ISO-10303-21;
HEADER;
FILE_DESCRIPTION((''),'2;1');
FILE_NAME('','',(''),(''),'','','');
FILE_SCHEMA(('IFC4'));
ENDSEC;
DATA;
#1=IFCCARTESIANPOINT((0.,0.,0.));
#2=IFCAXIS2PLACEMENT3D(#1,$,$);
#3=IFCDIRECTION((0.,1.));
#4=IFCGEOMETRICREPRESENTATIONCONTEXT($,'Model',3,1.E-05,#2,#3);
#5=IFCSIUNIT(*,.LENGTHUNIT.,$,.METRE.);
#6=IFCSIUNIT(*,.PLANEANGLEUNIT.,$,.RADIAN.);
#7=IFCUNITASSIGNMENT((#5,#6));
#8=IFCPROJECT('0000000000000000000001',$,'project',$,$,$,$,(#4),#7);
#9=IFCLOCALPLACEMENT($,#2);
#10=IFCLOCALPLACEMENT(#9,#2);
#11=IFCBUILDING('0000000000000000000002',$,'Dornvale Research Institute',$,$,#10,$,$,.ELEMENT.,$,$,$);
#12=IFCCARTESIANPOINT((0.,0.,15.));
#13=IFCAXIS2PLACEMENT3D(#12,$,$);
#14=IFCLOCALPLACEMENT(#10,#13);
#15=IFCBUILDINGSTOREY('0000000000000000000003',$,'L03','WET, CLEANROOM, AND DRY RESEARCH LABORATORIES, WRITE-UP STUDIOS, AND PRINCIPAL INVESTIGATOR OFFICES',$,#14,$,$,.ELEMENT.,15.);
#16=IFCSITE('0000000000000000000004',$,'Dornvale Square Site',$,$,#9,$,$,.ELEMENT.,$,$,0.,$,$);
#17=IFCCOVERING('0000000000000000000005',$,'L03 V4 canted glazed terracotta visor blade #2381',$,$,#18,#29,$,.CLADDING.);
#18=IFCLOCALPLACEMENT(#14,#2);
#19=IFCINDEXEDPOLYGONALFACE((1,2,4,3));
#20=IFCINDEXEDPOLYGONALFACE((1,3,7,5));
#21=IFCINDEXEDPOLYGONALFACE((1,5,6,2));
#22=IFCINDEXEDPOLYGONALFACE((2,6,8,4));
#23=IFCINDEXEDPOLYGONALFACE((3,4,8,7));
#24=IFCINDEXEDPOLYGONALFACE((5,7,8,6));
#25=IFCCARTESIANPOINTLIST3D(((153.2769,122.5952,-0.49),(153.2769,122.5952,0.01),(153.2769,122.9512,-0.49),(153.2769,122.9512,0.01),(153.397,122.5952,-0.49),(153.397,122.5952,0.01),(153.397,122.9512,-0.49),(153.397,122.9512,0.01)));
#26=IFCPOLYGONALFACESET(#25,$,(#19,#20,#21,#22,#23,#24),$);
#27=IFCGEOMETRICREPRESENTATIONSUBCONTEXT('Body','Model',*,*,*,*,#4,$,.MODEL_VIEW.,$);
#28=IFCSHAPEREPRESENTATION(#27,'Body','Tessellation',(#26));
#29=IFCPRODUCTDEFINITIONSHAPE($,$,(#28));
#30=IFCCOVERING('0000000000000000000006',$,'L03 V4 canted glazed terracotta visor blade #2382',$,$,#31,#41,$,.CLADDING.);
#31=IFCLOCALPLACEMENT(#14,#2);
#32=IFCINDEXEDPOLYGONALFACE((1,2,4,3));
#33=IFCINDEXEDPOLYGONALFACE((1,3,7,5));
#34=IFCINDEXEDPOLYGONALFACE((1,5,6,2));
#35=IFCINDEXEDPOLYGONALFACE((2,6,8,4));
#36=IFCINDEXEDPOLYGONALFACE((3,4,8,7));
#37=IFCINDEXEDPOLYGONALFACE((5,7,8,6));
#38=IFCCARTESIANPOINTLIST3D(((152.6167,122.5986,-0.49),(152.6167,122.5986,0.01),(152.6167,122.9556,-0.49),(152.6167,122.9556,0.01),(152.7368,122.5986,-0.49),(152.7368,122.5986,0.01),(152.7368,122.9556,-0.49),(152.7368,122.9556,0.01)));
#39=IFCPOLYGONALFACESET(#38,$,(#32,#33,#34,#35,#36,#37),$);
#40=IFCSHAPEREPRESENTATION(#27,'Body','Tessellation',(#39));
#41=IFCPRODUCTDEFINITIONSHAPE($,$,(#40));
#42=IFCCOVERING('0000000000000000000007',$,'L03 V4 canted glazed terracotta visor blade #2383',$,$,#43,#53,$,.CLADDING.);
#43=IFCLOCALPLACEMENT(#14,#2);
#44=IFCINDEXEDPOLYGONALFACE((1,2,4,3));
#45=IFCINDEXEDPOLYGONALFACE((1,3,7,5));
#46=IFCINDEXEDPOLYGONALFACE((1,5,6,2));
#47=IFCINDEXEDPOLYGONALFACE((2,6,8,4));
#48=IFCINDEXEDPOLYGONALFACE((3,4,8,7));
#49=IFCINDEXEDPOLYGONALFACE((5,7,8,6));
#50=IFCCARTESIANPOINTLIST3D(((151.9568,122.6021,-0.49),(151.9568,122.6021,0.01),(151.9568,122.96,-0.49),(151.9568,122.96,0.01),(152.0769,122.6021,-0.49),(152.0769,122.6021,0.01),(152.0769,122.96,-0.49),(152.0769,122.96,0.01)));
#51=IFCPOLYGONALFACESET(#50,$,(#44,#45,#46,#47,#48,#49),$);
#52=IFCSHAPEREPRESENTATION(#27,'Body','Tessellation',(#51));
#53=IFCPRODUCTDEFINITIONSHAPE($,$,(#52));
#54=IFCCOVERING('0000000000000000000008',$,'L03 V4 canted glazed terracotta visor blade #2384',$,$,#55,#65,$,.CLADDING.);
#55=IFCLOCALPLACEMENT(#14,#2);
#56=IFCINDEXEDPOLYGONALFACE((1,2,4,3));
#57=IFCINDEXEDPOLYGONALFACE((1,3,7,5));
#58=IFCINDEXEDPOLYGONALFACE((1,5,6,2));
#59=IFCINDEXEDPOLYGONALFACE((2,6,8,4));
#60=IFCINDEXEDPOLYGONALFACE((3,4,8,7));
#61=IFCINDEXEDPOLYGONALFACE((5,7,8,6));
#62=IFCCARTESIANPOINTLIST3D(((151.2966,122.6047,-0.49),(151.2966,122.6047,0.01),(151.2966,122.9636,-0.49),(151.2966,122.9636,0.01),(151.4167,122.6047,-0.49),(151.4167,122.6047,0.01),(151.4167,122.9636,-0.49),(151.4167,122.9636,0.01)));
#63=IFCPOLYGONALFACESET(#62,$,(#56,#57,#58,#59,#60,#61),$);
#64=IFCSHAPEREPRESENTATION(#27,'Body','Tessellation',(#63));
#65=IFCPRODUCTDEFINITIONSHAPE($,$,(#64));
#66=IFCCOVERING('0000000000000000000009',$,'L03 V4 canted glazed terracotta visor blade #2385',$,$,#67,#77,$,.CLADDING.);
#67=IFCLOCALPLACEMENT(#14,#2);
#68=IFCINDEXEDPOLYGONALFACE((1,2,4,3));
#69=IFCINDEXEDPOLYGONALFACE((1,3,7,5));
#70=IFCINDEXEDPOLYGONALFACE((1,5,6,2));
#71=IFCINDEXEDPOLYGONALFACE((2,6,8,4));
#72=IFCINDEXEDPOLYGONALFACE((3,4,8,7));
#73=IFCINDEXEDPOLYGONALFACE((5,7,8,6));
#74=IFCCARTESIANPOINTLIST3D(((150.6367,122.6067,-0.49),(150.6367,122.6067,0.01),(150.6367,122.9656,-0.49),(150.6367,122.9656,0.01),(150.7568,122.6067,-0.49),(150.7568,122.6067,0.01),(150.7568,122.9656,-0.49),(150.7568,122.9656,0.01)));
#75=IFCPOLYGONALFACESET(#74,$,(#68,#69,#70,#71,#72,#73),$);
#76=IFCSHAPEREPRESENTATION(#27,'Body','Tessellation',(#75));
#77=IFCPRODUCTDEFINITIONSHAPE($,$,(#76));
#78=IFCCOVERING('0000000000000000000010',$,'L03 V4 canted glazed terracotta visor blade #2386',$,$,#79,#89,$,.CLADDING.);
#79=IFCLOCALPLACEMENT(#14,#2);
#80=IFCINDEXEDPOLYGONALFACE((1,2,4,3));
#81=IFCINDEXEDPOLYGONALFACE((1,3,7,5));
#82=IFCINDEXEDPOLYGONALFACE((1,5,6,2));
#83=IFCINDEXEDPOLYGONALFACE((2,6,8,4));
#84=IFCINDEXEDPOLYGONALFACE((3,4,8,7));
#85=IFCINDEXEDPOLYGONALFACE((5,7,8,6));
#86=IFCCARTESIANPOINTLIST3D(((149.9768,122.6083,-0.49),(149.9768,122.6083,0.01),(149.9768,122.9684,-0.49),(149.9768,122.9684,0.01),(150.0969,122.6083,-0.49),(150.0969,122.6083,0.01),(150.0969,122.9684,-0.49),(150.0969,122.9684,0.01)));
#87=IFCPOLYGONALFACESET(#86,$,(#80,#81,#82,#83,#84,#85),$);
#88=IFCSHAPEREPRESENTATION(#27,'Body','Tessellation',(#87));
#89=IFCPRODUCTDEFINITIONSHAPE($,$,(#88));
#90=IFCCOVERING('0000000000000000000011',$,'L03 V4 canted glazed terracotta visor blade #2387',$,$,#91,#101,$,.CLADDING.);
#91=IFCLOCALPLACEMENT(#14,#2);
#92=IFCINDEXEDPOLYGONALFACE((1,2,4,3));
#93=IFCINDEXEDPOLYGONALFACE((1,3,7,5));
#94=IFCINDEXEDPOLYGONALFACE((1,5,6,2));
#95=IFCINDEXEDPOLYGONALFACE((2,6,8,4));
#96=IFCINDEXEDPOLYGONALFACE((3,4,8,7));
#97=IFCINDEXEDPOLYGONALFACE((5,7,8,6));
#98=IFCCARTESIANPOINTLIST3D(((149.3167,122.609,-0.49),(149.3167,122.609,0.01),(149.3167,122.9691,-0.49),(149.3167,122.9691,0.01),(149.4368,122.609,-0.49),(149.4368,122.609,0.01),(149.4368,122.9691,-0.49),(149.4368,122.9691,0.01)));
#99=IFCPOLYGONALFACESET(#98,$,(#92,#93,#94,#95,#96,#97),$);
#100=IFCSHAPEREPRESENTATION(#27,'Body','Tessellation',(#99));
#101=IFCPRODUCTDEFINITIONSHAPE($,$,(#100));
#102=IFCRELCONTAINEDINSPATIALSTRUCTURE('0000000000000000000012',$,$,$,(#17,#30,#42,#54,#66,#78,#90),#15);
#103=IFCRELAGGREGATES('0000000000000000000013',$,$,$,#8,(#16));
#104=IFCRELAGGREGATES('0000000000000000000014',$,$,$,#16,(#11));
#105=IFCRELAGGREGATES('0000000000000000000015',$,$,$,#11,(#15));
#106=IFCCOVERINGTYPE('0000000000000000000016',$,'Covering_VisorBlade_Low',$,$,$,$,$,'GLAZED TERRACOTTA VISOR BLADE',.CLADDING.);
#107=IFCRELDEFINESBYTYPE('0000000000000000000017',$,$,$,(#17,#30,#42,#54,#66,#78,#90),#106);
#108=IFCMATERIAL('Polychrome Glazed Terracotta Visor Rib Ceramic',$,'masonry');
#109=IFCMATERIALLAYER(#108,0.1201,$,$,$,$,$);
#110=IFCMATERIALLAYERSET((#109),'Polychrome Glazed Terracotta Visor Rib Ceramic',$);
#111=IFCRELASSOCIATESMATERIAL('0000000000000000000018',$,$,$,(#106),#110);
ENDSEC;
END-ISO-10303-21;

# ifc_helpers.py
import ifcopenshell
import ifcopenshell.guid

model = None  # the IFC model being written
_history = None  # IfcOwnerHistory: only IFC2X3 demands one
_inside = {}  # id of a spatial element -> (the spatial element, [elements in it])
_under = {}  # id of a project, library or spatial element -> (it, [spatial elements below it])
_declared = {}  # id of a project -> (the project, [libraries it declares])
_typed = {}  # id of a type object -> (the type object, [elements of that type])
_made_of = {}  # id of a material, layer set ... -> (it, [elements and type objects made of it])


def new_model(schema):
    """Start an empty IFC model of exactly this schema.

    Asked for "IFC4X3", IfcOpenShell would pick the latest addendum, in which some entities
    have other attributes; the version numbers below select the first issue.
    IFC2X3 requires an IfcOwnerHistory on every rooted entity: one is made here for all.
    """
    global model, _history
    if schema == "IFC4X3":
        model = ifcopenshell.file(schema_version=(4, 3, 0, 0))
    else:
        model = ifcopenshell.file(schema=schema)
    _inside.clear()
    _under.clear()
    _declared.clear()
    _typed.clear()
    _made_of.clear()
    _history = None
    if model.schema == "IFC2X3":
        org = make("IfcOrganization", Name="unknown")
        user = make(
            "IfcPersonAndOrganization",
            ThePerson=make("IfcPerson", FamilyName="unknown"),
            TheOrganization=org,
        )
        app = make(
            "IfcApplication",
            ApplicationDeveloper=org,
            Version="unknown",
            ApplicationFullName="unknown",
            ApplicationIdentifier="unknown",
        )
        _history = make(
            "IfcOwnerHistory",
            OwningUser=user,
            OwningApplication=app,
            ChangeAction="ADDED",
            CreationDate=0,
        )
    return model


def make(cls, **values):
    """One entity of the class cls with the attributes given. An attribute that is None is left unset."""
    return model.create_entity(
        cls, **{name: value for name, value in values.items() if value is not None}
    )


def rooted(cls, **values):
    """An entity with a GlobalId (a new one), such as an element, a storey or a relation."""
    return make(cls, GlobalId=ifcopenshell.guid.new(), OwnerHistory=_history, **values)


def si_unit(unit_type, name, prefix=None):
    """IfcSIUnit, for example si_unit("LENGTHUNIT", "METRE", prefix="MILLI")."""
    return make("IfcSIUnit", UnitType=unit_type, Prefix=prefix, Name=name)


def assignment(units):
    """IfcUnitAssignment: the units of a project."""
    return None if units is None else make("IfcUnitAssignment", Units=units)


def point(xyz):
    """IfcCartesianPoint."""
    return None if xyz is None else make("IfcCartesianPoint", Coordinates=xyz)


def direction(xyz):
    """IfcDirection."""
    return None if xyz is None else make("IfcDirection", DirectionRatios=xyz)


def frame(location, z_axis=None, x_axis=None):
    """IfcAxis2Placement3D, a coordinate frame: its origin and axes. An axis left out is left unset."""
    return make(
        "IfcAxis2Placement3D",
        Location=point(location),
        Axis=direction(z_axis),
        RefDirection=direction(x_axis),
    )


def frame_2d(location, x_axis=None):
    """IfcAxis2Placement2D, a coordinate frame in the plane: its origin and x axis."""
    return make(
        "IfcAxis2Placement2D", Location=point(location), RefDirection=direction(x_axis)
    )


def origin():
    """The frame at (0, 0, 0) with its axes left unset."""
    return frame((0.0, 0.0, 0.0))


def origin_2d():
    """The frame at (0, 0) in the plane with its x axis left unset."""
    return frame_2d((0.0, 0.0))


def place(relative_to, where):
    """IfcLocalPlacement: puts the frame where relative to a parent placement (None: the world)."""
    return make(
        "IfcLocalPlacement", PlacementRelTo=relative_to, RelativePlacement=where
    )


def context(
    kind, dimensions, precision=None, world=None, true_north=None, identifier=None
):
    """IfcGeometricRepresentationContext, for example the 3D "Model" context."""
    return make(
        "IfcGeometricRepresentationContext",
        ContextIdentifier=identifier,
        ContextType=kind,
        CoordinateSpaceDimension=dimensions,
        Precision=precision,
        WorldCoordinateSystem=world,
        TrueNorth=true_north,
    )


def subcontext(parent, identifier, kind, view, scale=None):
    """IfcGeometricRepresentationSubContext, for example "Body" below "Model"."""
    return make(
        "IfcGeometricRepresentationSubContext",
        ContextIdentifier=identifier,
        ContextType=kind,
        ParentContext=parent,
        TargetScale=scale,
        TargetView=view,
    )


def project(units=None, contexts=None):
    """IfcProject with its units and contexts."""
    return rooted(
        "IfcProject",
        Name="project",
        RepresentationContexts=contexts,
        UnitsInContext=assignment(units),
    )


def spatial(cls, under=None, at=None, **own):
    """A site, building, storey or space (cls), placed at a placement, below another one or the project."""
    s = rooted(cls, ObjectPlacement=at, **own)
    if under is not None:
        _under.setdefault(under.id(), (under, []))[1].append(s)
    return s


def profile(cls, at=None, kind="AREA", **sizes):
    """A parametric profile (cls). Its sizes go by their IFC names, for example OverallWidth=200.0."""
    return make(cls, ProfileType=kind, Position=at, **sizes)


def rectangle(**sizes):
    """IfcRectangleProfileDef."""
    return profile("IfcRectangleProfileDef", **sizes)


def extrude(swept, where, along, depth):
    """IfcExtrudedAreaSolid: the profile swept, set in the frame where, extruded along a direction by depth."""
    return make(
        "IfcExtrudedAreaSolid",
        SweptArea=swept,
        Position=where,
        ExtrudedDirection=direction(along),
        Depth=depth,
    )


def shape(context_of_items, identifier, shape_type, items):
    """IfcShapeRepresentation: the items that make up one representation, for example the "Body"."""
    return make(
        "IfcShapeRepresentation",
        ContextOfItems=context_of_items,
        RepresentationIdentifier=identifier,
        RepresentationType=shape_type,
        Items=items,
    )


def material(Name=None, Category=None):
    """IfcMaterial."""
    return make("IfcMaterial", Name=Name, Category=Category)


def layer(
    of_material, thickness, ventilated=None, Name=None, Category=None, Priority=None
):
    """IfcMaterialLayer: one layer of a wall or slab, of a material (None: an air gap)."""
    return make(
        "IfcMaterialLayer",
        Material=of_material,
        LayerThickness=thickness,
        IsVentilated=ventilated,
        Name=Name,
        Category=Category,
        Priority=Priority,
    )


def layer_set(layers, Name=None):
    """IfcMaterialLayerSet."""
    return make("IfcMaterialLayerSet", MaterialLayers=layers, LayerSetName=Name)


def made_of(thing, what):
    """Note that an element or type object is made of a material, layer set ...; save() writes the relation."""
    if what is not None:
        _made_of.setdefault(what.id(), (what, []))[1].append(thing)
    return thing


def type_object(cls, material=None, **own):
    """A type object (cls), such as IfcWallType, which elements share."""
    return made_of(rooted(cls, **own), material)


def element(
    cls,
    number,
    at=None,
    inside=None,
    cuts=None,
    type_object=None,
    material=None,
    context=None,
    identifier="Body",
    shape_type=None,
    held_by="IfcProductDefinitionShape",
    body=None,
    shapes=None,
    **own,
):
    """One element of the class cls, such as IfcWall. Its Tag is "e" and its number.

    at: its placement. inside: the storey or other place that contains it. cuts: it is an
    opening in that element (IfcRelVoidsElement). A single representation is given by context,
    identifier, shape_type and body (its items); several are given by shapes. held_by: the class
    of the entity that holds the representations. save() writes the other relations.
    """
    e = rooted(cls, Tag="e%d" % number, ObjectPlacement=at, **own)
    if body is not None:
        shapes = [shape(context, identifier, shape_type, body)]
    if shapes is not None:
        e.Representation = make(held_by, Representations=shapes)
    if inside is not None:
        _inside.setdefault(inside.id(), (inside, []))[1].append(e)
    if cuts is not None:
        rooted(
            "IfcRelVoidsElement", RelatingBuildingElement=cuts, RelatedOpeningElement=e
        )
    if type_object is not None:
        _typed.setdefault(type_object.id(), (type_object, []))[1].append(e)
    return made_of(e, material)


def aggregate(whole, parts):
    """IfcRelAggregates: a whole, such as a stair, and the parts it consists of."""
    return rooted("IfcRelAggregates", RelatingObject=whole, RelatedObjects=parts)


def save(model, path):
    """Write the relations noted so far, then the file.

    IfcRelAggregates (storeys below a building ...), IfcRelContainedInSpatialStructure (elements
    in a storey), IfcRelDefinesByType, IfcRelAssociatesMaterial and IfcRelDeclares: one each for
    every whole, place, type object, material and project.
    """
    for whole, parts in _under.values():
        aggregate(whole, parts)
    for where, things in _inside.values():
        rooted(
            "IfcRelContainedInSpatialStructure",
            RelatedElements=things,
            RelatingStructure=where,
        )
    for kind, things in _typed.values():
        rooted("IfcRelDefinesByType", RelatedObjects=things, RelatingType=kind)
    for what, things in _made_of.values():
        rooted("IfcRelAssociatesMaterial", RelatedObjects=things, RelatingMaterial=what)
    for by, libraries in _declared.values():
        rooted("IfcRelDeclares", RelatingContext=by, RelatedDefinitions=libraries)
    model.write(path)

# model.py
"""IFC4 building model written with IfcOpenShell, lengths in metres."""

from ifc_helpers import new_model, si_unit, direction, frame, origin, origin_2d, place, context, subcontext, project, spatial, rectangle, extrude, material, layer, layer_set, type_object, element, save


model = new_model("IFC4")

# Units and contexts
model_context = context("Model", 3, precision=1e-05, world=origin(), true_north=direction((0.0, 1.0)))
body_context = subcontext(model_context, "Body", "Model", "MODEL_VIEW")
ifc_project = project(units=[si_unit("LENGTHUNIT", "METRE"), si_unit("PLANEANGLEUNIT", "RADIAN")], contexts=[model_context])

# Site, building, storey
site_placement = place(None, origin())
site = spatial("IfcSite", under=ifc_project, at=site_placement, Name="Dornvale Square Site", CompositionType="ELEMENT", RefElevation=0.0)
building_placement = place(site_placement, origin())
building = spatial("IfcBuilding", under=site, at=building_placement, Name="Dornvale Research Institute", CompositionType="ELEMENT")
storey_placement = place(building_placement, frame((0.0, 0.0, 15.0)))
storey = spatial("IfcBuildingStorey", under=building, at=storey_placement, Name="L03", Description="WET, CLEANROOM, AND DRY RESEARCH LABORATORIES, WRITE-UP STUDIOS, AND PRINCIPAL INVESTIGATOR OFFICES", CompositionType="ELEMENT", Elevation=15.0)

# Coverings
ifc_material_1 = material(Name="Polychrome Glazed Terracotta Visor Rib Ceramic", Category="masonry")
ifc_layer_1 = layer(ifc_material_1, 0.1201)
ifc_layer_set_1 = layer_set([ifc_layer_1], Name="Polychrome Glazed Terracotta Visor Rib Ceramic")
covering_type = type_object("IfcCoveringType", Name="Covering_VisorBlade_Low", ElementType="GLAZED TERRACOTTA VISOR BLADE", PredefinedType="CLADDING", material=ifc_layer_set_1)
covering_1_placement = place(storey_placement, frame((153.3369, 122.7732, -0.49), z_axis=(0.0, 0.0, 1.0), x_axis=(0.0, 1.0, 0.0)))
element("IfcCovering", 1, at=covering_1_placement, inside=storey, type_object=covering_type, Name="L03 V4 canted glazed terracotta visor blade #2381", PredefinedType="CLADDING", context=body_context, shape_type="SweptSolid", body=[
    extrude(rectangle(XDim=0.356, YDim=0.1201, at=origin_2d()), origin(), (0.0, 0.0, 1.0), 0.5),
])
covering_2_placement = place(storey_placement, frame((152.6768, 122.7771, -0.49), z_axis=(0.0, 0.0, 1.0), x_axis=(0.0, 1.0, 0.0)))
element("IfcCovering", 2, at=covering_2_placement, inside=storey, type_object=covering_type, Name="L03 V4 canted glazed terracotta visor blade #2382", PredefinedType="CLADDING", context=body_context, shape_type="SweptSolid", body=[
    extrude(rectangle(XDim=0.3569, YDim=0.1201, at=origin_2d()), origin(), (0.0, 0.0, 1.0), 0.5),
])
covering_3_placement = place(storey_placement, frame((152.0168, 122.781, -0.49), z_axis=(0.0, 0.0, 1.0), x_axis=(0.0, 1.0, 0.0)))
element("IfcCovering", 3, at=covering_3_placement, inside=storey, type_object=covering_type, Name="L03 V4 canted glazed terracotta visor blade #2383", PredefinedType="CLADDING", context=body_context, shape_type="SweptSolid", body=[
    extrude(rectangle(XDim=0.3579, YDim=0.1201, at=origin_2d()), origin(), (0.0, 0.0, 1.0), 0.5),
])
for number, where, z_axis, x_axis, name in (
    (4, (151.3567, 122.7842, -0.49), (0.0, 0.0, 1.0), (0.0, 1.0, 0.0), "L03 V4 canted glazed terracotta visor blade #2384"),
    (5, (150.6968, 122.7861, -0.49), (0.0, 0.0, 1.0), (0.0, 1.0, 0.0), "L03 V4 canted glazed terracotta visor blade #2385"),
):
    element("IfcCovering", number, at=place(storey_placement, frame(where, z_axis=z_axis, x_axis=x_axis)), inside=storey, type_object=covering_type, Name=name, PredefinedType="CLADDING", context=body_context, shape_type="SweptSolid", body=[
        extrude(rectangle(XDim=0.3589, YDim=0.1201, at=origin_2d()), origin(), (0.0, 0.0, 1.0), 0.5),
    ])
for number, where, z_axis, x_axis, name in (
    (6, (150.0369, 122.7883, -0.49), (0.0, 0.0, 1.0), (0.0, 1.0, 0.0), "L03 V4 canted glazed terracotta visor blade #2386"),
    (7, (149.3767, 122.7891, -0.49), (0.0, 0.0, 1.0), (0.0, 1.0, 0.0), "L03 V4 canted glazed terracotta visor blade #2387"),
):
    element("IfcCovering", number, at=place(storey_placement, frame(where, z_axis=z_axis, x_axis=x_axis)), inside=storey, type_object=covering_type, Name=name, PredefinedType="CLADDING", context=body_context, shape_type="SweptSolid", body=[
        extrude(rectangle(XDim=0.3601, YDim=0.1201, at=origin_2d()), origin(), (0.0, 0.0, 1.0), 0.5),
    ])

save(model, "model.ifc")
